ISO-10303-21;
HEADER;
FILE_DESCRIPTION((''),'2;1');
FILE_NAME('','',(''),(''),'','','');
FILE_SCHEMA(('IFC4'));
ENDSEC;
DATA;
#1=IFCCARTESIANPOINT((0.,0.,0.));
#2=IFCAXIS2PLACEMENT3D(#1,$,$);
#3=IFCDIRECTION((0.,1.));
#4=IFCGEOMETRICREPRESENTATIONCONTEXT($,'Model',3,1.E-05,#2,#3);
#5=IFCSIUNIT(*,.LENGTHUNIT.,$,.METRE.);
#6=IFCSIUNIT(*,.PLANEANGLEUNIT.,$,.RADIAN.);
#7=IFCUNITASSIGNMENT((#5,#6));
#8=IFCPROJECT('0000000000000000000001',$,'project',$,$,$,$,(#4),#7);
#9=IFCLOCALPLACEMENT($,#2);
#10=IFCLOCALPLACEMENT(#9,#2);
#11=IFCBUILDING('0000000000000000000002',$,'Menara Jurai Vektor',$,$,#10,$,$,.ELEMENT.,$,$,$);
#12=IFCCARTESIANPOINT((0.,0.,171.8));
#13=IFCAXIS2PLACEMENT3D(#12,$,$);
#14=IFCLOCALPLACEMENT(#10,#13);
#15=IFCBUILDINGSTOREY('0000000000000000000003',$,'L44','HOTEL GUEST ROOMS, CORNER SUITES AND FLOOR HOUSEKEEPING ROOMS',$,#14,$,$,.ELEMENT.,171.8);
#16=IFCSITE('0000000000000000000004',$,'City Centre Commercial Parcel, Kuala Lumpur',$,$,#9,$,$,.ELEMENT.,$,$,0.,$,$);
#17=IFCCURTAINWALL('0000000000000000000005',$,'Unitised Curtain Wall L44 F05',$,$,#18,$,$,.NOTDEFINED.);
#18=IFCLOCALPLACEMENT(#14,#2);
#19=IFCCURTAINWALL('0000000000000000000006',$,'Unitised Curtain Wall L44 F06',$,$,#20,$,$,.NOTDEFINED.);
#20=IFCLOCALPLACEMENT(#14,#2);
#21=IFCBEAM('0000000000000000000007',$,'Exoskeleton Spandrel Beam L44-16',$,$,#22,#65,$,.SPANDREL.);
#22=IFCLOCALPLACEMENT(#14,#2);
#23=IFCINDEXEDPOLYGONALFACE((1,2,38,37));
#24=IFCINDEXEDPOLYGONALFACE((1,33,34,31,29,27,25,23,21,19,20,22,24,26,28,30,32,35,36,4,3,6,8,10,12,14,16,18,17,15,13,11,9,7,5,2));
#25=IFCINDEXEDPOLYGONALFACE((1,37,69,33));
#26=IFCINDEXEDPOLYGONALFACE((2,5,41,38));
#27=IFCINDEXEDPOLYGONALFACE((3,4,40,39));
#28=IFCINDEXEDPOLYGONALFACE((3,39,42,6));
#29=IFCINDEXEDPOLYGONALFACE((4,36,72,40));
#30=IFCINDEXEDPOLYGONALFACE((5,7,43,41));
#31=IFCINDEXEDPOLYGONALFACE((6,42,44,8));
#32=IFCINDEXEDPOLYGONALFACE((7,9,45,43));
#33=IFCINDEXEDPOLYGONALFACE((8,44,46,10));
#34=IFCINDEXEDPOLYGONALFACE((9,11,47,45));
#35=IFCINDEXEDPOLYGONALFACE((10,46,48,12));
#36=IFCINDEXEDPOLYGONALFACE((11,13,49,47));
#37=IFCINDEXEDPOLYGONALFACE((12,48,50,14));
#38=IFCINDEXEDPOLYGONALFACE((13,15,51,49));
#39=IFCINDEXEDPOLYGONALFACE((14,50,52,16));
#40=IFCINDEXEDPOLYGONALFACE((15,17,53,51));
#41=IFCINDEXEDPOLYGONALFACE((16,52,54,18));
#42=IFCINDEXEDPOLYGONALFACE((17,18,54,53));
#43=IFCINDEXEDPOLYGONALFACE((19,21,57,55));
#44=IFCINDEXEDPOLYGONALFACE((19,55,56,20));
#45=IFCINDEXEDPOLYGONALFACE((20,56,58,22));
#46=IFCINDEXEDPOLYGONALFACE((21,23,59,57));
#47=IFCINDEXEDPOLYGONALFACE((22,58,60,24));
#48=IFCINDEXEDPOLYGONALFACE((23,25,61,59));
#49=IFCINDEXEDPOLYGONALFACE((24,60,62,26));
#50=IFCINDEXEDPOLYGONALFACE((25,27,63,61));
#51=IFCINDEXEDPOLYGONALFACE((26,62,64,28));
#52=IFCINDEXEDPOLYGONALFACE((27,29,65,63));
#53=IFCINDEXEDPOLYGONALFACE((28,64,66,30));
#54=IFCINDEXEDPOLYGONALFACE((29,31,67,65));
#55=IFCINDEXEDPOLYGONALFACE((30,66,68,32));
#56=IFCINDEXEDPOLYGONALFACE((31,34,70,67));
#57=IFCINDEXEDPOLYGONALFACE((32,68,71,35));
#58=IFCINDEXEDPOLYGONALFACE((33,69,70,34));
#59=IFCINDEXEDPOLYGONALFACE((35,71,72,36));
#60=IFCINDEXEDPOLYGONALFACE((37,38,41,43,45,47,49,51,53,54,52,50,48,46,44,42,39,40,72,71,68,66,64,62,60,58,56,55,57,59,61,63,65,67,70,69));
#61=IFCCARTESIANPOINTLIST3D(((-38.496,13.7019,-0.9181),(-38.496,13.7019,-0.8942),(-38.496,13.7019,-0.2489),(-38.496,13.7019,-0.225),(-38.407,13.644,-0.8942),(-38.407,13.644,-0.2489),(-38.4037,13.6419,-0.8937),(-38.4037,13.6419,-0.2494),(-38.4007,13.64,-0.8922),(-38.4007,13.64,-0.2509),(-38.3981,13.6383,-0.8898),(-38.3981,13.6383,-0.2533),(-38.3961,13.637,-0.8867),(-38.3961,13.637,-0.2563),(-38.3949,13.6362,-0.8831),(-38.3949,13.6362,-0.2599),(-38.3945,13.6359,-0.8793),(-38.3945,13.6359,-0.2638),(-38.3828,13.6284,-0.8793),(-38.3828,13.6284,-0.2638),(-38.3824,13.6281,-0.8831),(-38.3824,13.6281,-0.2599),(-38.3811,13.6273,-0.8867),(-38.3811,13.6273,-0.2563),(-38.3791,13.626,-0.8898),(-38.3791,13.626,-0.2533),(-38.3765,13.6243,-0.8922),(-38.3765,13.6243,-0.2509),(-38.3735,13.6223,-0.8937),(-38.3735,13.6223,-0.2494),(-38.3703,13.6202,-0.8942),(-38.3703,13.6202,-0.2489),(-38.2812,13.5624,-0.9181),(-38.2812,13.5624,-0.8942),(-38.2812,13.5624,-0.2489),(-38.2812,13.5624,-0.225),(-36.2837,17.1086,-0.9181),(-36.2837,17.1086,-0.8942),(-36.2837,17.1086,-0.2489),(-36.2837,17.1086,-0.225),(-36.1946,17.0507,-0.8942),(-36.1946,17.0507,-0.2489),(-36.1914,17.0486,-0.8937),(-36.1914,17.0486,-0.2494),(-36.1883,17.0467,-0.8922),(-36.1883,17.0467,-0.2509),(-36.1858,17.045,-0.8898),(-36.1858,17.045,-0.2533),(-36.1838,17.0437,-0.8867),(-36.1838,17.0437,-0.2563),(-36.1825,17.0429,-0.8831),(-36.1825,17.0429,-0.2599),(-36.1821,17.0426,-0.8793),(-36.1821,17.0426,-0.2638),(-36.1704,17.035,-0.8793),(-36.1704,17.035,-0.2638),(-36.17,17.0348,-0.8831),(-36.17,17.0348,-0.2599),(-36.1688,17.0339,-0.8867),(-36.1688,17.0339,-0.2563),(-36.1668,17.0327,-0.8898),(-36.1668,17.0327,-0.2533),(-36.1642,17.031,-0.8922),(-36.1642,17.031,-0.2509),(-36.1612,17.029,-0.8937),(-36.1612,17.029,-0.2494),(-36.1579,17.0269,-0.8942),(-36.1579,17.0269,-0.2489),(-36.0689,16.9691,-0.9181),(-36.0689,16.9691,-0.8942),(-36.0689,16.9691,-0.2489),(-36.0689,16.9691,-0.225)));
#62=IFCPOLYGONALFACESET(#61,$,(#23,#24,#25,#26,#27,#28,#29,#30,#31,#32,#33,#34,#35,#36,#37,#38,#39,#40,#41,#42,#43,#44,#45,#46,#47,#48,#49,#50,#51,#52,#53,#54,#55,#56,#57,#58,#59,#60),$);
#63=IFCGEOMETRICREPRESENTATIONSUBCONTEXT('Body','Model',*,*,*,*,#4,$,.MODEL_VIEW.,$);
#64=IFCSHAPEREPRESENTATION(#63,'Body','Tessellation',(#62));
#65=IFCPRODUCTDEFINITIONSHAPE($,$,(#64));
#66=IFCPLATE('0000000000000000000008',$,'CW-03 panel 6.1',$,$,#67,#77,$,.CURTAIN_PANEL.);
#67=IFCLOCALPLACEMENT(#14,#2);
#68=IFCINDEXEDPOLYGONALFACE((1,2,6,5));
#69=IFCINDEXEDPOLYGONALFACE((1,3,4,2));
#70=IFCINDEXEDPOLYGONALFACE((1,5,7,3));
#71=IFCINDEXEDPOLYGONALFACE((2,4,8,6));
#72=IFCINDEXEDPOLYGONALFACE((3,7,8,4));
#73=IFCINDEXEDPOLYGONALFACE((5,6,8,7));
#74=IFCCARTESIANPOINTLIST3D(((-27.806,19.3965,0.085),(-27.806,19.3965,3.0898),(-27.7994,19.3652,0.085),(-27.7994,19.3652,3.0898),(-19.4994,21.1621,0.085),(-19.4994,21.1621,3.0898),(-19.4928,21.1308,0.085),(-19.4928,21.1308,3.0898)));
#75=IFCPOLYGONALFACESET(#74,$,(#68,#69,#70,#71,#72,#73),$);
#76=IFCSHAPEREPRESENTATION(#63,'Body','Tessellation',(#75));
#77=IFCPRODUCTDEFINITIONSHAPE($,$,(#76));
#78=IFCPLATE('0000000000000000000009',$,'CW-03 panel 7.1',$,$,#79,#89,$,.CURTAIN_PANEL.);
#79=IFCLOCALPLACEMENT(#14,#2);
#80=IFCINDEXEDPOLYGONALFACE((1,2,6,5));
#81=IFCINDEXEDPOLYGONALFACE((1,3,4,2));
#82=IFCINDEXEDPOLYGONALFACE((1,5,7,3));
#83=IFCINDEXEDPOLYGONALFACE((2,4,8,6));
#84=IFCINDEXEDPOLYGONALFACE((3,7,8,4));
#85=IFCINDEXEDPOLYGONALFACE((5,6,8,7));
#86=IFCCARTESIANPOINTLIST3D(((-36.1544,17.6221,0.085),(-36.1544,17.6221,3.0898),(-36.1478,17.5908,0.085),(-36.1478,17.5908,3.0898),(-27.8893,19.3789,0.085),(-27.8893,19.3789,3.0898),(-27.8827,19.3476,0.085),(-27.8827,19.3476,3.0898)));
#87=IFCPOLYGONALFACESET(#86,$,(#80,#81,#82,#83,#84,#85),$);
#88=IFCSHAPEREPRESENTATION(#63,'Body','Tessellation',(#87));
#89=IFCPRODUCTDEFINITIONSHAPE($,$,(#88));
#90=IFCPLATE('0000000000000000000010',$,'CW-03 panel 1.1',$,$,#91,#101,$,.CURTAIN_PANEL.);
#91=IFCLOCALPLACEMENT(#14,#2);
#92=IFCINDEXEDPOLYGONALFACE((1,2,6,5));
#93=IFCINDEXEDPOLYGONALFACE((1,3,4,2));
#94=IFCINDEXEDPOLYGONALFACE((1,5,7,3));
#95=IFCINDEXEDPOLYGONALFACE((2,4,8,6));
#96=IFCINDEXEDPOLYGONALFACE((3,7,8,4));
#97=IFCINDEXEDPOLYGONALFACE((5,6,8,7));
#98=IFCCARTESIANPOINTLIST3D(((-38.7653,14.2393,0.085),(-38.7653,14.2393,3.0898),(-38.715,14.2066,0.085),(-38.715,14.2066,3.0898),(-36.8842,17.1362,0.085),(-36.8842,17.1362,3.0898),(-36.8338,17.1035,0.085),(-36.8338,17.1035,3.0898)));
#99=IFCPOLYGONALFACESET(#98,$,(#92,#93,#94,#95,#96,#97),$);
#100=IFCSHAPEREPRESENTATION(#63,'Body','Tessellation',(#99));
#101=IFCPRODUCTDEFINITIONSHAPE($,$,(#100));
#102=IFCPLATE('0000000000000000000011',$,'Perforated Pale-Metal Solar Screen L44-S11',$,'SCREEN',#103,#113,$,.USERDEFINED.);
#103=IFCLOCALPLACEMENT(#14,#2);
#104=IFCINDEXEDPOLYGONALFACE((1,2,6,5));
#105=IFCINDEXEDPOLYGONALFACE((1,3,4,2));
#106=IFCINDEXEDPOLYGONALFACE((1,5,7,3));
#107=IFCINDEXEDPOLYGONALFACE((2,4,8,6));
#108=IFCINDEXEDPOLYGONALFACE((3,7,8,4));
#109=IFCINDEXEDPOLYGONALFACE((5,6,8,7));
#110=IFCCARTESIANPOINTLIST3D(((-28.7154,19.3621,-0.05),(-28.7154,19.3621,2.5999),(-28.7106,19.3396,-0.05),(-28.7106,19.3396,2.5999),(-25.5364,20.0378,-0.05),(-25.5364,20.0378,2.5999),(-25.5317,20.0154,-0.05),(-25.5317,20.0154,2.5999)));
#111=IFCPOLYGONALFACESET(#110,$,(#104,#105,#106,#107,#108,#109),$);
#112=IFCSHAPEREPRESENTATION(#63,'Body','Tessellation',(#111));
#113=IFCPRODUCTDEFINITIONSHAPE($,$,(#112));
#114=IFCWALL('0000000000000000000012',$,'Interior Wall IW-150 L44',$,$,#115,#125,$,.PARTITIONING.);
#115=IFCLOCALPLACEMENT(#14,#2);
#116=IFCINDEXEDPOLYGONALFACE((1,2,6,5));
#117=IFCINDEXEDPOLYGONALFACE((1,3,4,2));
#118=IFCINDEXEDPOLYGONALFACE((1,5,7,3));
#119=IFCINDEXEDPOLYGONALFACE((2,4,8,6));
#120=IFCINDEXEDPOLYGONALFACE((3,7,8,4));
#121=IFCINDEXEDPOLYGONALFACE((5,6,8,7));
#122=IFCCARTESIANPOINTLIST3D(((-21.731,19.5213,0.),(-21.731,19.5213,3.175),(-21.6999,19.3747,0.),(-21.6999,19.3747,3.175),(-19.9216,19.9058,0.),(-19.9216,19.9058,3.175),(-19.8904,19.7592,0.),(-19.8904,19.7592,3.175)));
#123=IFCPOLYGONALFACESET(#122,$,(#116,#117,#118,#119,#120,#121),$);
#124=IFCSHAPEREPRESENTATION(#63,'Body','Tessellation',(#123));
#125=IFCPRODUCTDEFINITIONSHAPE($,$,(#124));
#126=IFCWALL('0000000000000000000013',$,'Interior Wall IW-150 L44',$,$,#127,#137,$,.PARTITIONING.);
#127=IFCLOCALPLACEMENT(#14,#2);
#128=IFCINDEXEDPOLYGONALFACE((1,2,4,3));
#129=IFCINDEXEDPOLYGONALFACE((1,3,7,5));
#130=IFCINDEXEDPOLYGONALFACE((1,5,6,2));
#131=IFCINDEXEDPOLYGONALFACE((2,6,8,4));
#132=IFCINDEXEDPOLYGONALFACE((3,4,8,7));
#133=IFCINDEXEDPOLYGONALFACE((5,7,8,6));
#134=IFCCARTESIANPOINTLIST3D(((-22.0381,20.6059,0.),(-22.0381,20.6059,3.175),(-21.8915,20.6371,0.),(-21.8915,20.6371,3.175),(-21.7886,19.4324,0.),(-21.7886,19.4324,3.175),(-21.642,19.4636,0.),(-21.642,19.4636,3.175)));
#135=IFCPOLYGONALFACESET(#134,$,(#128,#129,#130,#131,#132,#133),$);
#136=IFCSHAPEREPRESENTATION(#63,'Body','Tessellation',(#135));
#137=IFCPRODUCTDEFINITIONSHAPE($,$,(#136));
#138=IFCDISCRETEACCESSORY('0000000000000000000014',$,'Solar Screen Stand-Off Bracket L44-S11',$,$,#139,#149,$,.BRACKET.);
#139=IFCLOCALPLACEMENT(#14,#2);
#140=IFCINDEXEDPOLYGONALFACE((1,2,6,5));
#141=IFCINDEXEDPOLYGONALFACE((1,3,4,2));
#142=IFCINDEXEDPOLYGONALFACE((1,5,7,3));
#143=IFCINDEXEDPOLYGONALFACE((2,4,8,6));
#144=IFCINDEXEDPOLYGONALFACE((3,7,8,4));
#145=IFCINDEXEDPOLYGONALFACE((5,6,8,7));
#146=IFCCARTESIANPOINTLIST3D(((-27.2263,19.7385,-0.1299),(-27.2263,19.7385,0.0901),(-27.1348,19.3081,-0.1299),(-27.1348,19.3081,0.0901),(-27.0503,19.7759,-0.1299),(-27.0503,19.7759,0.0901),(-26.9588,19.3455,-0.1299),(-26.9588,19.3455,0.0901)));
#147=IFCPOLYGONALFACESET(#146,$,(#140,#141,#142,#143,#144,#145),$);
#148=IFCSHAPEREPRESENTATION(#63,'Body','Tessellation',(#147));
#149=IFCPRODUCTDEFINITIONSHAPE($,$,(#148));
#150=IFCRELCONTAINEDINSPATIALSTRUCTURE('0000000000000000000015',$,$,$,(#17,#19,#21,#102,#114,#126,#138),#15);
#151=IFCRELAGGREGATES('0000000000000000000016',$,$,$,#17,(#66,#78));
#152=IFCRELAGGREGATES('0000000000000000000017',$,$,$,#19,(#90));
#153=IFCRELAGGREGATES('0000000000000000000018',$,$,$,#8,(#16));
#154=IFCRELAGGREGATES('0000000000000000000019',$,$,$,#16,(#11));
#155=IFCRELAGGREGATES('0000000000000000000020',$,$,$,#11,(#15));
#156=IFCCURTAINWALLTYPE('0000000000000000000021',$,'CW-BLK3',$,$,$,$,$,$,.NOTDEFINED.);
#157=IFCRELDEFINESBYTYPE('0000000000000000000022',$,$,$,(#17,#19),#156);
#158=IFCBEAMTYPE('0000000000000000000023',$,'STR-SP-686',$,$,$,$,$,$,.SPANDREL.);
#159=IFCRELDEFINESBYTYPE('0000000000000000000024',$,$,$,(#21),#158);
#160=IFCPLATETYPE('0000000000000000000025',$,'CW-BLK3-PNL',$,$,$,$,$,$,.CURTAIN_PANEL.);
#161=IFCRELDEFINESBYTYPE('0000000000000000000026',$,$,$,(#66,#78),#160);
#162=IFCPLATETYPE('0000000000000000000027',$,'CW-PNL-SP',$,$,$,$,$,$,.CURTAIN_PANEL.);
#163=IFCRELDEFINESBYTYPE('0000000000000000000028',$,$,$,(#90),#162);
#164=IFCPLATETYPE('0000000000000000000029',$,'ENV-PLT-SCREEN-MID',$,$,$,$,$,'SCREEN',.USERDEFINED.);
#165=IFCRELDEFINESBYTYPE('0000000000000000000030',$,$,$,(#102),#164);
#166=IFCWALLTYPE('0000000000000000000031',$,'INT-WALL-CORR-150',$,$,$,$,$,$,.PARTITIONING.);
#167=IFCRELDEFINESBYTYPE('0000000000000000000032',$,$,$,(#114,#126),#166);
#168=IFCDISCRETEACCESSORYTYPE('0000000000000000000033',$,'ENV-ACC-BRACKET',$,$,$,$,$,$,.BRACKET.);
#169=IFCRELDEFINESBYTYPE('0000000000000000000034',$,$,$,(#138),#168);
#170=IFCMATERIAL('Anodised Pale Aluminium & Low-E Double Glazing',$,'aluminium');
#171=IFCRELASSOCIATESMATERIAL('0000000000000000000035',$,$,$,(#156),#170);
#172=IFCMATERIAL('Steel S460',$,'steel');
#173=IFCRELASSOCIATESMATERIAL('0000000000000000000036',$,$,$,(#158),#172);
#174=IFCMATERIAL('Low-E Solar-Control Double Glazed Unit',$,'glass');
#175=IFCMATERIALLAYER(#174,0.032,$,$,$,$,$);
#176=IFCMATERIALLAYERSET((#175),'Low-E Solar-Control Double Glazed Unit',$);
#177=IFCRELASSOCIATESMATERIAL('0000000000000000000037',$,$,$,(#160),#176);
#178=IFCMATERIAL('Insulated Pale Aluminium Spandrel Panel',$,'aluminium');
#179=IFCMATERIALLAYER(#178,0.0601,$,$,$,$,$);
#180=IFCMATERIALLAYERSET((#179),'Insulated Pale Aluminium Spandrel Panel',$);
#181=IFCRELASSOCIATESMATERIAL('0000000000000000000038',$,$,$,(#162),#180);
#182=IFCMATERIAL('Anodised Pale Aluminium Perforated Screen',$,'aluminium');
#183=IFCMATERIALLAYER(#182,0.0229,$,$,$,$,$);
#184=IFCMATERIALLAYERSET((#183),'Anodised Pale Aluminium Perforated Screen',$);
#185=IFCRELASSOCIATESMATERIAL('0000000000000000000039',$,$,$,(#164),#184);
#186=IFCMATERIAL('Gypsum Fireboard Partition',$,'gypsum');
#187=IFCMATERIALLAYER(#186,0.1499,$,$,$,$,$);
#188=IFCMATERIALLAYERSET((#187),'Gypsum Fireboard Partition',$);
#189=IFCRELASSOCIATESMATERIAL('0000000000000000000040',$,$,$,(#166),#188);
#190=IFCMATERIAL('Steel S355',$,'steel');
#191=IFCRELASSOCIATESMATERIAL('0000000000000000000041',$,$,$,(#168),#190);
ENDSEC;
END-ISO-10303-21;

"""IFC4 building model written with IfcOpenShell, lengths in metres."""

from ifc_helpers import new_model, si_unit, direction, frame, frame_2d, origin, origin_2d, place, context, subcontext, project, spatial, rectangle, i_section, extrude, material, layer, layer_set, material_profile, profile_set, type_object, element, aggregate, save


model = new_model("IFC4")

# Units and contexts
model_context = context("Model", 3, precision=1e-05, world=origin(), true_north=direction((0.0, 1.0)))
body_context = subcontext(model_context, "Body", "Model", "MODEL_VIEW")
ifc_project = project(units=[si_unit("LENGTHUNIT", "METRE"), si_unit("PLANEANGLEUNIT", "RADIAN")], contexts=[model_context])

# Site, building, storey
site_placement = place(None, origin())
site = spatial("IfcSite", under=ifc_project, at=site_placement, Name="City Centre Commercial Parcel, Kuala Lumpur", CompositionType="ELEMENT", RefElevation=0.0)
building_placement = place(site_placement, origin())
building = spatial("IfcBuilding", under=site, at=building_placement, Name="Menara Jurai Vektor", CompositionType="ELEMENT")
storey_placement = place(building_placement, frame((0.0, 0.0, 171.8)))
storey = spatial("IfcBuildingStorey", under=building, at=storey_placement, Name="L44", Description="HOTEL GUEST ROOMS, CORNER SUITES AND FLOOR HOUSEKEEPING ROOMS", CompositionType="ELEMENT", Elevation=171.8)

# Shared definitions
ifc_material_1 = material(Name="Steel S460", Category="steel")

# Curtain walls
ifc_material_2 = material(Name="Anodised Pale Aluminium & Low-E Double Glazing", Category="aluminium")
curtain_wall_type = type_object("IfcCurtainWallType", Name="CW-BLK3", PredefinedType="NOTDEFINED", material=ifc_material_2)
curtain_wall_1_placement = place(storey_placement, origin())
curtain_wall_1 = element("IfcCurtainWall", 1, at=curtain_wall_1_placement, inside=storey, type_object=curtain_wall_type, Name="Unitised Curtain Wall L44 F05", PredefinedType="NOTDEFINED")
curtain_wall_2_placement = place(storey_placement, origin())
curtain_wall_2 = element("IfcCurtainWall", 2, at=curtain_wall_2_placement, inside=storey, type_object=curtain_wall_type, Name="Unitised Curtain Wall L44 F06", PredefinedType="NOTDEFINED")

# Beam
ifc_material_3 = material(Name="Steel S355", Category="steel")
ifc_material_profile_1 = material_profile(ifc_material_1, i_section(OverallWidth=0.2561, OverallDepth=0.6931, WebThickness=0.0139, FlangeThickness=0.0239, FilletRadius=0.0149, at=origin_2d()), Name="UKB 686x254x170")
ifc_profile_set_1 = profile_set([ifc_material_profile_1], Name="Steel S460")
beam_type_1 = type_object("IfcBeamType", Name="STR-SP-686", PredefinedType="SPANDREL", material=ifc_profile_set_1)
beam_1_placement = place(storey_placement, frame((-36.1763, 17.0388, -0.5715), z_axis=(-0.544646, -0.838666, 0.0), x_axis=(0.838666, -0.544646, 0.0)))
element("IfcBeam", 3, at=beam_1_placement, inside=storey, type_object=beam_type_1, Name="Exoskeleton Spandrel Beam L44-16", PredefinedType="SPANDREL", context=body_context, shape_type="SweptSolid", body=[
    extrude(i_section(OverallWidth=0.2561, OverallDepth=0.6931, WebThickness=0.0139, FlangeThickness=0.0239, FilletRadius=0.0149, at=origin_2d()), origin(), (0.0, 0.0, 1.0), 4.062),
])

# Plates
ifc_material_4 = material(Name="Low-E Solar-Control Double Glazed Unit", Category="glass")
ifc_layer_1 = layer(ifc_material_4, 0.032)
ifc_layer_set_1 = layer_set([ifc_layer_1], Name="Low-E Solar-Control Double Glazed Unit")
plate_type_1 = type_object("IfcPlateType", Name="CW-BLK3-PNL", PredefinedType="CURTAIN_PANEL", material=ifc_layer_set_1)
plate_1_placement = place(storey_placement, frame((-23.6494, 20.2637, 0.085), z_axis=(0.0, 0.0, 1.0), x_axis=(-0.978148, -0.207911, 0.0)))
plate_1 = element("IfcPlate", 4, at=plate_1_placement, type_object=plate_type_1, Name="CW-03 panel 6.1", PredefinedType="CURTAIN_PANEL", context=body_context, shape_type="SweptSolid", body=[
    extrude(rectangle(XDim=8.4922, YDim=0.032, at=origin_2d()), origin(), (0.0, 0.0, 1.0), 3.0049),
])
plate_2_placement = place(storey_placement, frame((-32.0186, 18.4849, 0.085), z_axis=(0.0, 0.0, 1.0), x_axis=(-0.978148, -0.207911, 0.0)))
plate_2 = element("IfcPlate", 5, at=plate_2_placement, type_object=plate_type_1, Name="CW-03 panel 7.1", PredefinedType="CURTAIN_PANEL", context=body_context, shape_type="SweptSolid", body=[
    extrude(rectangle(XDim=8.4497, YDim=0.032, at=origin_2d()), origin(), (0.0, 0.0, 1.0), 3.0049),
])
aggregate(curtain_wall_1, [plate_1, plate_2])
ifc_material_5 = material(Name="Insulated Pale Aluminium Spandrel Panel", Category="aluminium")
ifc_layer_2 = layer(ifc_material_5, 0.0601)
ifc_layer_set_2 = layer_set([ifc_layer_2], Name="Insulated Pale Aluminium Spandrel Panel")
plate_type_2 = type_object("IfcPlateType", Name="CW-PNL-SP", PredefinedType="CURTAIN_PANEL", material=ifc_layer_set_2)
plate_3_placement = place(storey_placement, frame((-37.7996, 15.6714, 0.085), z_axis=(0.0, 0.0, 1.0), x_axis=(-0.544618, -0.838684, 0.0)))
plate_3 = element("IfcPlate", 6, at=plate_3_placement, type_object=plate_type_2, Name="CW-03 panel 1.1", PredefinedType="CURTAIN_PANEL", context=body_context, shape_type="SweptSolid", body=[
    extrude(rectangle(XDim=3.4541, YDim=0.0601, at=origin_2d()), origin(), (0.0, 0.0, 1.0), 3.0049),
])
aggregate(curtain_wall_2, [plate_3])
ifc_material_6 = material(Name="Anodised Pale Aluminium Perforated Screen", Category="aluminium")
ifc_layer_3 = layer(ifc_material_6, 0.0229)
ifc_layer_set_3 = layer_set([ifc_layer_3], Name="Anodised Pale Aluminium Perforated Screen")
plate_type_3 = type_object("IfcPlateType", Name="ENV-PLT-SCREEN-MID", ElementType="SCREEN", PredefinedType="USERDEFINED", material=ifc_layer_set_3)
plate_4_placement = place(storey_placement, frame((-27.1235, 19.6887, -0.05), z_axis=(0.0, 0.0, 1.0), x_axis=(-0.978148, -0.207912, 0.0)))
element("IfcPlate", 7, at=plate_4_placement, inside=storey, type_object=plate_type_3, Name="Perforated Pale-Metal Solar Screen L44-S11", ObjectType="SCREEN", PredefinedType="USERDEFINED", context=body_context, shape_type="SweptSolid", body=[
    extrude(rectangle(XDim=3.25, YDim=0.0229, at=origin_2d()), origin(), (0.0, 0.0, 1.0), 2.6499),
])

# Walls
ifc_material_7 = material(Name="Gypsum Fireboard Partition", Category="gypsum")
ifc_layer_4 = layer(ifc_material_7, 0.1499)
ifc_layer_set_4 = layer_set([ifc_layer_4], Name="Gypsum Fireboard Partition")
wall_type = type_object("IfcWallType", Name="INT-WALL-CORR-150", PredefinedType="PARTITIONING", material=ifc_layer_set_4)
wall_1_placement = place(storey_placement, frame((-21.7153, 19.448, 0.0), z_axis=(0.0, 0.0, 1.0), x_axis=(0.97816, 0.207852, 0.0)))
element("IfcWall", 8, at=wall_1_placement, inside=storey, type_object=wall_type, Name="Interior Wall IW-150 L44", PredefinedType="PARTITIONING", context=body_context, shape_type="SweptSolid", body=[
    extrude(rectangle(XDim=1.8499, YDim=0.1499, at=frame_2d((0.9248, 0.0))), origin(), (0.0, 0.0, 1.0), 3.175),
])
wall_2_placement = place(storey_placement, frame((-21.7153, 19.448, 0.0), z_axis=(0.0, 0.0, 1.0), x_axis=(-0.207959, 0.978138, 0.0)))
element("IfcWall", 9, at=wall_2_placement, inside=storey, type_object=wall_type, Name="Interior Wall IW-150 L44", PredefinedType="PARTITIONING", context=body_context, shape_type="SweptSolid", body=[
    extrude(rectangle(XDim=1.1997, YDim=0.1499, at=frame_2d((0.5999, 0.0))), origin(), (0.0, 0.0, 1.0), 3.175),
])

# Discrete accessory
discrete_accessory_type = type_object("IfcDiscreteAccessoryType", Name="ENV-ACC-BRACKET", PredefinedType="BRACKET", material=ifc_material_3)
discrete_accessory_placement = place(storey_placement, frame((-27.0925, 19.542, -0.1299), z_axis=(0.0, 0.0, 1.0), x_axis=(-0.978148, -0.207912, 0.0)))
element("IfcDiscreteAccessory", 10, at=discrete_accessory_placement, inside=storey, type_object=discrete_accessory_type, Name="Solar Screen Stand-Off Bracket L44-S11", PredefinedType="BRACKET", context=body_context, shape_type="SweptSolid", body=[
    extrude(rectangle(XDim=0.1799, YDim=0.4399, at=origin_2d()), origin(), (0.0, 0.0, 1.0), 0.22),
])

save(model, "model.ifc")
